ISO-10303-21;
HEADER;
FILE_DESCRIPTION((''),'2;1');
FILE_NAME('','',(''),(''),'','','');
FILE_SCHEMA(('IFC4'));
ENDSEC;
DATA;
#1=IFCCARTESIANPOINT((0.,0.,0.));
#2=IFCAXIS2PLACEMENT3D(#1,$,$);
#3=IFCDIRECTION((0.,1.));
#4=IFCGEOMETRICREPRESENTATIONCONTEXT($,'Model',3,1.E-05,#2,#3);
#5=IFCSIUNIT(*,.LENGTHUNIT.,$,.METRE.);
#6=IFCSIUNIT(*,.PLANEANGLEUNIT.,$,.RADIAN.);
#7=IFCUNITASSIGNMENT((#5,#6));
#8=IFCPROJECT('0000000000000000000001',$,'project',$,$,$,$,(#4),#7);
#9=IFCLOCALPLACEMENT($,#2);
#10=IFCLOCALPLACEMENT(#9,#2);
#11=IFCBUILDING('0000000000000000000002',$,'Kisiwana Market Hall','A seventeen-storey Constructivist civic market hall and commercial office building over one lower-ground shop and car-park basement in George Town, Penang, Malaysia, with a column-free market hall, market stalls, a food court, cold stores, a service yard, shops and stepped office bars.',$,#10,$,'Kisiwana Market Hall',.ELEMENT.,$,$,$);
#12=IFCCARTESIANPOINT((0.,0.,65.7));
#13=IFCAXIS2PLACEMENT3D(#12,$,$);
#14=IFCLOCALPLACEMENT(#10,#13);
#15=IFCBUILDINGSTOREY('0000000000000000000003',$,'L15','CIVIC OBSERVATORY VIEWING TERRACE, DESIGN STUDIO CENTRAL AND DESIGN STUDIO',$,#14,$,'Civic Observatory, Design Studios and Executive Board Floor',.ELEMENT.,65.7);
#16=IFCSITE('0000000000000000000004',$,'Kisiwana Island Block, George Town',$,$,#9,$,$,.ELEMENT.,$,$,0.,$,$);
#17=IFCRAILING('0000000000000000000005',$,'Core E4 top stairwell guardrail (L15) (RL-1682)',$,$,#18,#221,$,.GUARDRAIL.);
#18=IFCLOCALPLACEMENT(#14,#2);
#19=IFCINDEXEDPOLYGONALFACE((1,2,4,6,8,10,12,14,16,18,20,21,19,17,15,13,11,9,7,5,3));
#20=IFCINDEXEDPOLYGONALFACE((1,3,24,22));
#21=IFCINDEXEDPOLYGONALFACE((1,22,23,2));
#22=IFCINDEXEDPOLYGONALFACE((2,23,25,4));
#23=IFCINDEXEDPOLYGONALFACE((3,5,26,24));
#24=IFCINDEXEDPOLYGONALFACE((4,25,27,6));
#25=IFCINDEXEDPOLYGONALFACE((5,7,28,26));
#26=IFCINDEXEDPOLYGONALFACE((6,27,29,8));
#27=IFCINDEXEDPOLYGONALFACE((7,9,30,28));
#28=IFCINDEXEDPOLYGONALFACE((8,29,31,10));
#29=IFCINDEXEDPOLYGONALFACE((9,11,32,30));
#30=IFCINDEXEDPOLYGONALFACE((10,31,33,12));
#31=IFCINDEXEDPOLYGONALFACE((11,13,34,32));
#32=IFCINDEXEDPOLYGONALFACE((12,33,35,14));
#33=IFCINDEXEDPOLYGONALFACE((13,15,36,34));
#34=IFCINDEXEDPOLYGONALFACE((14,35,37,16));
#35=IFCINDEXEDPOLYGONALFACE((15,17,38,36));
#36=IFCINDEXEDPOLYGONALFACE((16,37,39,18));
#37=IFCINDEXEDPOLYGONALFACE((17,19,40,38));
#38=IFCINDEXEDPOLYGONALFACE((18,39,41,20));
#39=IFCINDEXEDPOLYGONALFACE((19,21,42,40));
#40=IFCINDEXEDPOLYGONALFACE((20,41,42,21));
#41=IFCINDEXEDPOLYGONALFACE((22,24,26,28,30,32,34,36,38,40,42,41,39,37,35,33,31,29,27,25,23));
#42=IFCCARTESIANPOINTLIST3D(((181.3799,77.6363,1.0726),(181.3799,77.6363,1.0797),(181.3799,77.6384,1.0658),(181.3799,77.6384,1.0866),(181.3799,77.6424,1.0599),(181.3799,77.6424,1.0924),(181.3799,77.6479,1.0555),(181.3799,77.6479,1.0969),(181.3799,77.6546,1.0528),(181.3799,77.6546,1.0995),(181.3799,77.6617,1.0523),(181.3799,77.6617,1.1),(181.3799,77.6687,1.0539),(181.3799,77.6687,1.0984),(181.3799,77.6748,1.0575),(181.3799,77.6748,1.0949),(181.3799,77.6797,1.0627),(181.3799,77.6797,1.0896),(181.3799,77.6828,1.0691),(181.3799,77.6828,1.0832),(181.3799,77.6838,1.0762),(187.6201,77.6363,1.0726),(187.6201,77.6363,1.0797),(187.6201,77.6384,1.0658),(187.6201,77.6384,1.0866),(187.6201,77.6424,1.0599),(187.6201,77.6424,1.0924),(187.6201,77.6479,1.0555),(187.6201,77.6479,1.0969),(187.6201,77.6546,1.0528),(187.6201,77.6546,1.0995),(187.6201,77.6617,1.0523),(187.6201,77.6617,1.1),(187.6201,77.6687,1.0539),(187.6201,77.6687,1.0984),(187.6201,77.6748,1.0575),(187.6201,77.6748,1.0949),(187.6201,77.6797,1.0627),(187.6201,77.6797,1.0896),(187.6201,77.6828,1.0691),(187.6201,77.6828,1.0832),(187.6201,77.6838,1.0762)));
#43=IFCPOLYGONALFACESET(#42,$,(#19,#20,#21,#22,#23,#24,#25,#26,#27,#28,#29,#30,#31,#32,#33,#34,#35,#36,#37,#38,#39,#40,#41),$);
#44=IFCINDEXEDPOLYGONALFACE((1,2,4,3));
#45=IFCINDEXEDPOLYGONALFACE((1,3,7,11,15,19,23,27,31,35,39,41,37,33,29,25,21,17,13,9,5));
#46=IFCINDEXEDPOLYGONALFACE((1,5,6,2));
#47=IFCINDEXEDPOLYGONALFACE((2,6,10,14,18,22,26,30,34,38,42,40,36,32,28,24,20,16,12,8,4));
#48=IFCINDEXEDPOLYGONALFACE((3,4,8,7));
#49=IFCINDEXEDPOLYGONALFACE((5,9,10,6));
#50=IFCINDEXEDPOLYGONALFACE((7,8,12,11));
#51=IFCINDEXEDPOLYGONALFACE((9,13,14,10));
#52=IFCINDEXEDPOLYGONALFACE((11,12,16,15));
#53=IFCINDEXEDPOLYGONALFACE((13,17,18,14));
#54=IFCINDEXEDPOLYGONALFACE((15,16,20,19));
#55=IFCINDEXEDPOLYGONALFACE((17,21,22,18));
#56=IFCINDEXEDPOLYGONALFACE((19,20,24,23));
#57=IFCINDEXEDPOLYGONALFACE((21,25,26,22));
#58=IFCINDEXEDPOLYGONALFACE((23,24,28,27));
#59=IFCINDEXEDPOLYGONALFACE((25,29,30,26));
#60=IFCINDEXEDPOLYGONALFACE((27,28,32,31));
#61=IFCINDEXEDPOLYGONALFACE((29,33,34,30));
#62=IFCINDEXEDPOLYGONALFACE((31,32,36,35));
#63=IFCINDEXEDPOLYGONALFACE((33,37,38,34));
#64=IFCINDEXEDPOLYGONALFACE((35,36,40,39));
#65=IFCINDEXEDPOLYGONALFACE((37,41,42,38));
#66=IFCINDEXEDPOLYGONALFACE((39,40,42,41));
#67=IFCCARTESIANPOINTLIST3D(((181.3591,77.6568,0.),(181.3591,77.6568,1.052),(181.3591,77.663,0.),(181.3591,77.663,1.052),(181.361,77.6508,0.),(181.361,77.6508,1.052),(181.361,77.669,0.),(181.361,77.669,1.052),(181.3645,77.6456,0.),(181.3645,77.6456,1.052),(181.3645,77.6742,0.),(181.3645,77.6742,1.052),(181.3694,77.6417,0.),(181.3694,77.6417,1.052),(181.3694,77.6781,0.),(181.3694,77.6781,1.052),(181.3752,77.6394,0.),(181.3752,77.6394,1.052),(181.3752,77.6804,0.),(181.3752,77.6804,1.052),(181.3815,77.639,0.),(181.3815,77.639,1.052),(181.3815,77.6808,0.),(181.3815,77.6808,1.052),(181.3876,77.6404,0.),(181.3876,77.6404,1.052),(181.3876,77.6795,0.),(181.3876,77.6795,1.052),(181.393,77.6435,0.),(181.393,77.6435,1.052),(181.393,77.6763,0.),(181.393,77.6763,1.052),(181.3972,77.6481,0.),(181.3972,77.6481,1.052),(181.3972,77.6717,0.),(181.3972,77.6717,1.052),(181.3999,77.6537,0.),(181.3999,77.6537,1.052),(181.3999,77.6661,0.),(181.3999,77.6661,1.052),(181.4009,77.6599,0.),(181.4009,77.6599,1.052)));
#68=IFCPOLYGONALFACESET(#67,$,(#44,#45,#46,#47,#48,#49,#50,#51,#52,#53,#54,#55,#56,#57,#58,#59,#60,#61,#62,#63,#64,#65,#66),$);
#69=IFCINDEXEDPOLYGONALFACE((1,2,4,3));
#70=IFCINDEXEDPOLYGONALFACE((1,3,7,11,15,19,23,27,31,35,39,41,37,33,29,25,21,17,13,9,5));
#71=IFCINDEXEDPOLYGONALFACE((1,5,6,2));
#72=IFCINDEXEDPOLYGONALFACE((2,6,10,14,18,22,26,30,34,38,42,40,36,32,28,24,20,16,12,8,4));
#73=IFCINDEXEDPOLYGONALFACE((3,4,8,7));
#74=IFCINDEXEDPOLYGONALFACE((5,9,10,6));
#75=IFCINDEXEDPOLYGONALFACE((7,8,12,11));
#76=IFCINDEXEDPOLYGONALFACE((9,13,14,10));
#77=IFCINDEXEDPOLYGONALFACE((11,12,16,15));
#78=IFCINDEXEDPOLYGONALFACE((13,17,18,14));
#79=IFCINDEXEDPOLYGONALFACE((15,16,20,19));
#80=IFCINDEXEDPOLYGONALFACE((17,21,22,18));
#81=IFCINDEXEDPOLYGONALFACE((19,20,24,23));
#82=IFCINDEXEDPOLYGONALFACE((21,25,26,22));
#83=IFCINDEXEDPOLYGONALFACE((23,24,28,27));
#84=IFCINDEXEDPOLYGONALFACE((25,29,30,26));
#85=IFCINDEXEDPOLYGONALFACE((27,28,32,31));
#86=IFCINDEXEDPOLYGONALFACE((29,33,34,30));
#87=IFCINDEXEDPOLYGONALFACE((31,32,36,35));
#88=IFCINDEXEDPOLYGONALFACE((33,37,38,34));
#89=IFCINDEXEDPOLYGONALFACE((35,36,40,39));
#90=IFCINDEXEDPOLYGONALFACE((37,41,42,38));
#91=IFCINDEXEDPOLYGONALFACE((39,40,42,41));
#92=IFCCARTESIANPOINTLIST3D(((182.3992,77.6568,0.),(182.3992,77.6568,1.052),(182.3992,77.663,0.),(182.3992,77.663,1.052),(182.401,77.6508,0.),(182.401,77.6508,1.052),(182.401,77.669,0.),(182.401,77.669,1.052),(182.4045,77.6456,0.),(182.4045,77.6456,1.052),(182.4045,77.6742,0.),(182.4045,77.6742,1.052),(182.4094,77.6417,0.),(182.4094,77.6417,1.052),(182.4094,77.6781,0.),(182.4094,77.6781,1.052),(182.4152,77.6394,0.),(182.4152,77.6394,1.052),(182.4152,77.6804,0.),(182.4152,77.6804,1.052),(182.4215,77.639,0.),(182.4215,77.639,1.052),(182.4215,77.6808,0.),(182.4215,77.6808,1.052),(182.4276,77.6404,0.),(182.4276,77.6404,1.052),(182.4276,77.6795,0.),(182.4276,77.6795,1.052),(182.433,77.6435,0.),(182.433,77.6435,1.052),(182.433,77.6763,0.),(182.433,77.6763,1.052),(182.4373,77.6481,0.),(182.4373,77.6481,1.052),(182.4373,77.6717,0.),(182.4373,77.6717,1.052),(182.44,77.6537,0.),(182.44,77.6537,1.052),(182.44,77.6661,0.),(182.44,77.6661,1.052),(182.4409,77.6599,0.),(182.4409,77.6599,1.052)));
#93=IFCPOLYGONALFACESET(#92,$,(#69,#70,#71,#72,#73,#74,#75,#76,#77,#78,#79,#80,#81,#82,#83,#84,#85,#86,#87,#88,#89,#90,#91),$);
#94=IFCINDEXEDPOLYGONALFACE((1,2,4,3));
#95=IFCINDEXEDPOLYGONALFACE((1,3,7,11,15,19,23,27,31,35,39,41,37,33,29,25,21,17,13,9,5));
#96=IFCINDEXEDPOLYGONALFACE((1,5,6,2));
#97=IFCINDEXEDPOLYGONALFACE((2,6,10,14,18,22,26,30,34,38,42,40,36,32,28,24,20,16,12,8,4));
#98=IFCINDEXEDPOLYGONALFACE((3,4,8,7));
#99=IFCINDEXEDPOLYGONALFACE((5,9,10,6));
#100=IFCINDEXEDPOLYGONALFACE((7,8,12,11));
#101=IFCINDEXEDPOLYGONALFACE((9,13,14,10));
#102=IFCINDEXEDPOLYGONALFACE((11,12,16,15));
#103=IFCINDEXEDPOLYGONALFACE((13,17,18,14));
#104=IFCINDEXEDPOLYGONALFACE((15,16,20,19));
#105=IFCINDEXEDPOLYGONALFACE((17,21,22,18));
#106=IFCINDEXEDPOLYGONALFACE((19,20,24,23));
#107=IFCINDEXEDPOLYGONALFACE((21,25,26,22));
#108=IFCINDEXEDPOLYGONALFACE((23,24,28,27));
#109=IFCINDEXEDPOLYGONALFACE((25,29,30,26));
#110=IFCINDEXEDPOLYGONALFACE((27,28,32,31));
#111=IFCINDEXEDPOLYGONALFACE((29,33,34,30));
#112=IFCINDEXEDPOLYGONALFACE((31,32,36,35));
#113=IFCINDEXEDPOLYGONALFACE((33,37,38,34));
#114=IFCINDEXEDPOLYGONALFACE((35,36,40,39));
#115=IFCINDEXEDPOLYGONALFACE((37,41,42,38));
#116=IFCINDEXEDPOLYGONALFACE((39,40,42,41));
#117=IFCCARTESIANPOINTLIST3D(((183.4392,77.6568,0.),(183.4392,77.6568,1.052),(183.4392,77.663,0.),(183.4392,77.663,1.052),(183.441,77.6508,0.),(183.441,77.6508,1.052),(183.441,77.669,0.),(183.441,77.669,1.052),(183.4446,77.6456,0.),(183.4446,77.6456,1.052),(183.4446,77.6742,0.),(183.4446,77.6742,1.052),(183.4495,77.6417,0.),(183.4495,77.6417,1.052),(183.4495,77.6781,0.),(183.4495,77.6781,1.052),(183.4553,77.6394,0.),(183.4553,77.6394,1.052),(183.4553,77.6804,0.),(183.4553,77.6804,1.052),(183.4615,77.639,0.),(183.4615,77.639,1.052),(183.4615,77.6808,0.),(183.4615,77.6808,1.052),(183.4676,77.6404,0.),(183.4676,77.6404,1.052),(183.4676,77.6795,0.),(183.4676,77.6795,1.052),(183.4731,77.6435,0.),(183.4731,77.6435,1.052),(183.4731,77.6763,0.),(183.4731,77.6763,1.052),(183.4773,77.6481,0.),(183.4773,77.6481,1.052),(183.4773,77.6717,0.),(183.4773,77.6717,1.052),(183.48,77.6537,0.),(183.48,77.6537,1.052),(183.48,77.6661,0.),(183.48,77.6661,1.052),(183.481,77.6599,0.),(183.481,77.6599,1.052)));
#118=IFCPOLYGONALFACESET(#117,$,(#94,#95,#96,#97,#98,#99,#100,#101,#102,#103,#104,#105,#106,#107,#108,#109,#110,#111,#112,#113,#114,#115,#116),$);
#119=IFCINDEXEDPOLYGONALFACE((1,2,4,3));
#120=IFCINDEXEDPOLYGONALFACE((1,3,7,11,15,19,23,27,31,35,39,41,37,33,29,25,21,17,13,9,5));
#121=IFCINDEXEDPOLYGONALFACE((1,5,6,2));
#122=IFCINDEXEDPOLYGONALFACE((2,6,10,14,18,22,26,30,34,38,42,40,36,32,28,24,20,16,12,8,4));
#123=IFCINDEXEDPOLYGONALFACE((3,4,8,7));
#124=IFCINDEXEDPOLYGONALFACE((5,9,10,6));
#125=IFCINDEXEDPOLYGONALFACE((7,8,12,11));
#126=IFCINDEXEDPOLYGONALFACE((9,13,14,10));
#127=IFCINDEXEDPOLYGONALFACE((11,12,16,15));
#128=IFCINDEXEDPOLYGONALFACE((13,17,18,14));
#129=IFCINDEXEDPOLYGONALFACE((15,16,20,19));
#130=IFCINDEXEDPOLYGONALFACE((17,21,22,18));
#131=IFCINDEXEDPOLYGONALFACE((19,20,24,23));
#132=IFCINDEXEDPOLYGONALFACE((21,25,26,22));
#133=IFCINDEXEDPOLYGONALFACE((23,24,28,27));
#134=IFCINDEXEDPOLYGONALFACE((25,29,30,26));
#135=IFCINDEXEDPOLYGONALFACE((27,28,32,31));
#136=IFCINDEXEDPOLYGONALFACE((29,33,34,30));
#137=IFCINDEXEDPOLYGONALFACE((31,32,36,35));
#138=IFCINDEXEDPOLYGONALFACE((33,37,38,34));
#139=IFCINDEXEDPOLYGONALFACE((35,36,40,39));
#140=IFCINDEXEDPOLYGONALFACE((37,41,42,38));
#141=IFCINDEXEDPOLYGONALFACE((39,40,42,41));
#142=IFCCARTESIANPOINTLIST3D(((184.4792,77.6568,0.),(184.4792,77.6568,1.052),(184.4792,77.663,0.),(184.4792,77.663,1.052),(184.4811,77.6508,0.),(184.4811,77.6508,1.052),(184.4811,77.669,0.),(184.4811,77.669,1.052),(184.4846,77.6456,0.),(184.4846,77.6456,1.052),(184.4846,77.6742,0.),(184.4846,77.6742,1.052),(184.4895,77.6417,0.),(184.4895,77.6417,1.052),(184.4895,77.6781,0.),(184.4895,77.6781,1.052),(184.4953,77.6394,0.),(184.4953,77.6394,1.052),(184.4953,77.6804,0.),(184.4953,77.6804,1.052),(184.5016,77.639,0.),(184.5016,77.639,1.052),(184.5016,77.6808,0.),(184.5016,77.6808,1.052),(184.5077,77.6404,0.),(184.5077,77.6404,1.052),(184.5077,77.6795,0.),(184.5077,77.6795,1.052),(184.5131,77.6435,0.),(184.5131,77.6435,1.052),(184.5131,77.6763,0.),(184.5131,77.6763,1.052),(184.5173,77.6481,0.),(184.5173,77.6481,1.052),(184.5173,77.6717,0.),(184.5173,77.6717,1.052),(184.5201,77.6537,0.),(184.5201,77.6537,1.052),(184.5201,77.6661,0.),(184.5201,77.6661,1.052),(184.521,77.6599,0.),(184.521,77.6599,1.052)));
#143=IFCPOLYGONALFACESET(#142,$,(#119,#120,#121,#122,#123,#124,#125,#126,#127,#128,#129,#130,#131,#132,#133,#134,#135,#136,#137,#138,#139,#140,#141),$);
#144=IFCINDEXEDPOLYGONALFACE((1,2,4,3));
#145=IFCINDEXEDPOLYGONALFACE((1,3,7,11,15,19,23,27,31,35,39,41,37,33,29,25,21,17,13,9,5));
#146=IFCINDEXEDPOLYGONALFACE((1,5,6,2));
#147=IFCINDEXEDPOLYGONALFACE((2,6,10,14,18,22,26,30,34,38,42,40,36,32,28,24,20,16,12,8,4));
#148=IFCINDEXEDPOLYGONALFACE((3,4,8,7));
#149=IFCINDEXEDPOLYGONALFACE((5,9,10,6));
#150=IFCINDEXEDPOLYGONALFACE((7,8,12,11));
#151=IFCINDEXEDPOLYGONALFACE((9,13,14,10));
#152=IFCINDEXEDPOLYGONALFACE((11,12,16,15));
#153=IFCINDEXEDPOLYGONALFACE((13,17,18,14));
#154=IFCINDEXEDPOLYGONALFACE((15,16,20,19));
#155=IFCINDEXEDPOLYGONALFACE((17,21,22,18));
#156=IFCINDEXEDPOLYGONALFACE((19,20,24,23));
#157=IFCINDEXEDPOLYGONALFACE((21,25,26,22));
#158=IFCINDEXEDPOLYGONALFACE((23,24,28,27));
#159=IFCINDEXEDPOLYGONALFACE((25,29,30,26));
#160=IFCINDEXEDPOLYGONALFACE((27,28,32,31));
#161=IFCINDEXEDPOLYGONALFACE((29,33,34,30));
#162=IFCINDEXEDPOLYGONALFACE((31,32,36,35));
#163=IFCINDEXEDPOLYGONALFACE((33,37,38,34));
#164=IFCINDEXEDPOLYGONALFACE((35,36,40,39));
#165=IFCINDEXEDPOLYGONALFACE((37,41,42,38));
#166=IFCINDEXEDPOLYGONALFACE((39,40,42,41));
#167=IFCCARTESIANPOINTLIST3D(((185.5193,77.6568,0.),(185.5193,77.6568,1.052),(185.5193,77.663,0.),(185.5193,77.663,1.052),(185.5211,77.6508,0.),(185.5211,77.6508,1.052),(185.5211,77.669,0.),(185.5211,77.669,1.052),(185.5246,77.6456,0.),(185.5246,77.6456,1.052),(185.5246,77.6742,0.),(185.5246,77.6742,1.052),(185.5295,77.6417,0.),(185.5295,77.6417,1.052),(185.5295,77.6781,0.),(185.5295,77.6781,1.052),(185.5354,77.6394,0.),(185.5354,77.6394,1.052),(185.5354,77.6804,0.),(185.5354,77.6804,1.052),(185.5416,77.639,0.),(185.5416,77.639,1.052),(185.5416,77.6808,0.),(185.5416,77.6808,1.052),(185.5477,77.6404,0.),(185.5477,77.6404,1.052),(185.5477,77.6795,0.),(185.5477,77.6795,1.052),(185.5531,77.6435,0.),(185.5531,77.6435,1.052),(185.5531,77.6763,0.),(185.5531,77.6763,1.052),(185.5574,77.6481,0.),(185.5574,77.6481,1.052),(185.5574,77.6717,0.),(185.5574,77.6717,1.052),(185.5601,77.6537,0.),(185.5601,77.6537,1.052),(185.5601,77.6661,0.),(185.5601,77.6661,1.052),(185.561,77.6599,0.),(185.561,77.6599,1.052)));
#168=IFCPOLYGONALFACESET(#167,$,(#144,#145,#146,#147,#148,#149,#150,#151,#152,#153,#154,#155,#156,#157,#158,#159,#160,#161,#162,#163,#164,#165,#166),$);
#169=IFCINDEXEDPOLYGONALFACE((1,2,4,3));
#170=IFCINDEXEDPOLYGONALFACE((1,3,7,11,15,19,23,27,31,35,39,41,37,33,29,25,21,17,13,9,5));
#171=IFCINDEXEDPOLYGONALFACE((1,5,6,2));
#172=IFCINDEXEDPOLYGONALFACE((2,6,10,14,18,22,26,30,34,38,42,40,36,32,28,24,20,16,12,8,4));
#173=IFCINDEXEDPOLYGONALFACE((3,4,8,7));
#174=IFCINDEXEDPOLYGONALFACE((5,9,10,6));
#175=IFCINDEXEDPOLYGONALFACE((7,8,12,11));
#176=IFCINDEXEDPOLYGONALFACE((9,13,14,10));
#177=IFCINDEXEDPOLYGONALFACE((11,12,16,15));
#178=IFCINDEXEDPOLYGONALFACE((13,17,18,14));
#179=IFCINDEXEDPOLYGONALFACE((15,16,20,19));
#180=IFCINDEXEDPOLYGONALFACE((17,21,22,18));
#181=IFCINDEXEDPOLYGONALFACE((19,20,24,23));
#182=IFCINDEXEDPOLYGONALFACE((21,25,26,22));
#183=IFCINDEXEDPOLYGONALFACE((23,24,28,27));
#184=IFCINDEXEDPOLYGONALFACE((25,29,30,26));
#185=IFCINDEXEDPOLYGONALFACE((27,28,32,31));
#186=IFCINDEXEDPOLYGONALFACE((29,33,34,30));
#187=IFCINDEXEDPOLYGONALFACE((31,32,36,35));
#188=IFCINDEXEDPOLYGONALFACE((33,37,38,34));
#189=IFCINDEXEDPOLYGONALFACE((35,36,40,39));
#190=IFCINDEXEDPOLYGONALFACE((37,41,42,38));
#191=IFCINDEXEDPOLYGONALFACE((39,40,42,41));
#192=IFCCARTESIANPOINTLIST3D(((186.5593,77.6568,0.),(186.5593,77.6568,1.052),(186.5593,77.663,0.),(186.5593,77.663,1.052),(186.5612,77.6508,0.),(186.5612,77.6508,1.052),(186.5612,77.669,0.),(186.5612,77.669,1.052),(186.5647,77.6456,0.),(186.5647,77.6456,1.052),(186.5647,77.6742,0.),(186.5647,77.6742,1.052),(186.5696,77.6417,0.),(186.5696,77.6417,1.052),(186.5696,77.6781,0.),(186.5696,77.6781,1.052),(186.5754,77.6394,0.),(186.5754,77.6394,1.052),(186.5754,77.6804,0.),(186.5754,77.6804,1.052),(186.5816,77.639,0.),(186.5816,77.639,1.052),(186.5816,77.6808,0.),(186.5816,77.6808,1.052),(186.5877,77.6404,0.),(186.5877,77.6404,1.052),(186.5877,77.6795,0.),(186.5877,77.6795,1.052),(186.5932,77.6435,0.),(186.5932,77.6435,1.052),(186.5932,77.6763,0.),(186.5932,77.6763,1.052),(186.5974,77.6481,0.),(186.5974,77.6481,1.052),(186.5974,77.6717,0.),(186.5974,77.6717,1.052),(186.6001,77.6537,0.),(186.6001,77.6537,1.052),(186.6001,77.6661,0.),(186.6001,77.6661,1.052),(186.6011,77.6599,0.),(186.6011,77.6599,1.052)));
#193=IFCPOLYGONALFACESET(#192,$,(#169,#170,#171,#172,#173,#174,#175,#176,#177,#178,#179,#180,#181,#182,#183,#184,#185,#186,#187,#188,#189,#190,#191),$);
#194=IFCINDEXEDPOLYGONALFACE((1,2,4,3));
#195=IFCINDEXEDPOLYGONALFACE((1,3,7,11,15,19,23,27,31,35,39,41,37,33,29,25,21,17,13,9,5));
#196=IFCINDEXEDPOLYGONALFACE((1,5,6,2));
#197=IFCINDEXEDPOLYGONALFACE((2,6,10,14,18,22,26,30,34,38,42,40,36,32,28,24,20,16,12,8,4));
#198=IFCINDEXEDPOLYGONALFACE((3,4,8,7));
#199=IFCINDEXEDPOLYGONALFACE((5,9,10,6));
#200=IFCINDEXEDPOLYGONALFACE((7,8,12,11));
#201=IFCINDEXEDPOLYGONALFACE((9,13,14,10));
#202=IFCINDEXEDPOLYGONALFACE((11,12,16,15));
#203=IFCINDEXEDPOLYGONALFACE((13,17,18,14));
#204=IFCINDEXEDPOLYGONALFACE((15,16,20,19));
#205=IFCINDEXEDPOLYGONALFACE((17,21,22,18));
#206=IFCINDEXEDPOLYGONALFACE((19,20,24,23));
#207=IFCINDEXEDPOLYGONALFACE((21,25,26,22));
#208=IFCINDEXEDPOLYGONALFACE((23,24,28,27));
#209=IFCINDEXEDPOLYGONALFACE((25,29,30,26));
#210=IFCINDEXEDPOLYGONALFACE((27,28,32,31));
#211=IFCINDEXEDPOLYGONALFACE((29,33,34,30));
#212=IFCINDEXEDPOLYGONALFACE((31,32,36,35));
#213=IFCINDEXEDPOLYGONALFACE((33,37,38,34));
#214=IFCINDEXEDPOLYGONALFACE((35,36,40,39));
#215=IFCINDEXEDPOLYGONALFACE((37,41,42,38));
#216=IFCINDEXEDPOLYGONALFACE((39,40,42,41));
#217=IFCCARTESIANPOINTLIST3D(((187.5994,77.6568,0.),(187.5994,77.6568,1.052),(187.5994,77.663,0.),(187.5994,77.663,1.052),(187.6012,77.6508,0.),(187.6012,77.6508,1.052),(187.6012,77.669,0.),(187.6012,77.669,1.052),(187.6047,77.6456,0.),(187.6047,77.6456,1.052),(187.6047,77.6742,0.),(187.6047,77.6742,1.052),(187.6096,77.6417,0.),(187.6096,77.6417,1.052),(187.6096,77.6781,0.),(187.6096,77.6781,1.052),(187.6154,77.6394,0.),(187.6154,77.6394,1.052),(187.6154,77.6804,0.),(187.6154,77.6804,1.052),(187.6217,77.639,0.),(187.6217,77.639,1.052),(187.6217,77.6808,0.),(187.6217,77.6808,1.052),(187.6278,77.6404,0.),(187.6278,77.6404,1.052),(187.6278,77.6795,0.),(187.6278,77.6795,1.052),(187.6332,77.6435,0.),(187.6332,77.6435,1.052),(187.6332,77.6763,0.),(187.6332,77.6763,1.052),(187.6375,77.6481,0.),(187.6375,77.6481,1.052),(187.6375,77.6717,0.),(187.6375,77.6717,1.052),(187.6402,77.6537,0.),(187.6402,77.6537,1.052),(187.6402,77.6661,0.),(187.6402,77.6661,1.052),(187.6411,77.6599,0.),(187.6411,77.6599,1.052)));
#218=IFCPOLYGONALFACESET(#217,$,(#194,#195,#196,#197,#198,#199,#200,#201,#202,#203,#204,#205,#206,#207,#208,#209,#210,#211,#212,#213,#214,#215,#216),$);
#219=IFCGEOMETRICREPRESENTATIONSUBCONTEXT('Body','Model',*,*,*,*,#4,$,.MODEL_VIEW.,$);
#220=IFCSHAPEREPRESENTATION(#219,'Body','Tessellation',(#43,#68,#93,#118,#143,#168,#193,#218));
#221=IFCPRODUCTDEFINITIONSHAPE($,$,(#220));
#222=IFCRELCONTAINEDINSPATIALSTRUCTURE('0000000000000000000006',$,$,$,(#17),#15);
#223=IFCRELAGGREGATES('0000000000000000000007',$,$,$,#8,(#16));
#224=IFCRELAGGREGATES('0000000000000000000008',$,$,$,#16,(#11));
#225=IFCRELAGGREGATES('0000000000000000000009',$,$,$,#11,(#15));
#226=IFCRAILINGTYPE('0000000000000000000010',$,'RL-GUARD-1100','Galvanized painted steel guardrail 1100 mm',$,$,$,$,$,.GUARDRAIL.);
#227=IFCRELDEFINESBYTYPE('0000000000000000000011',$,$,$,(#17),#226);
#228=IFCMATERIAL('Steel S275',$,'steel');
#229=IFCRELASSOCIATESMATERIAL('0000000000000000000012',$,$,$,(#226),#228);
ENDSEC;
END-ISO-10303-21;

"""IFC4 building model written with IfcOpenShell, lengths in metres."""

from ifc_helpers import new_model, si_unit, direction, frame, origin, origin_2d, place, context, subcontext, project, spatial, circle, extrude, material, type_object, element, save


model = new_model("IFC4")

# Units and contexts
model_context = context("Model", 3, precision=1e-05, world=origin(), true_north=direction((0.0, 1.0)))
body_context = subcontext(model_context, "Body", "Model", "MODEL_VIEW")
ifc_project = project(units=[si_unit("LENGTHUNIT", "METRE"), si_unit("PLANEANGLEUNIT", "RADIAN")], contexts=[model_context])

# Site, building, storey
site_placement = place(None, origin())
site = spatial("IfcSite", under=ifc_project, at=site_placement, Name="Kisiwana Island Block, George Town", CompositionType="ELEMENT", RefElevation=0.0)
building_placement = place(site_placement, origin())
building = spatial("IfcBuilding", under=site, at=building_placement, Name="Kisiwana Market Hall", Description="A seventeen-storey Constructivist civic market hall and commercial office building over one lower-ground shop and car-park basement in George Town, Penang, Malaysia, with a column-free market hall, market stalls, a food court, cold stores, a service yard, shops and stepped office bars.", LongName="Kisiwana Market Hall", CompositionType="ELEMENT")
storey_placement = place(building_placement, frame((0.0, 0.0, 65.7)))
storey = spatial("IfcBuildingStorey", under=building, at=storey_placement, Name="L15", Description="CIVIC OBSERVATORY VIEWING TERRACE, DESIGN STUDIO CENTRAL AND DESIGN STUDIO", LongName="Civic Observatory, Design Studios and Executive Board Floor", CompositionType="ELEMENT", Elevation=65.7)

# Railing
ifc_material_1 = material(Name="Steel S275", Category="steel")
railing_type = type_object("IfcRailingType", Name="RL-GUARD-1100", Description="Galvanized painted steel guardrail 1100 mm", PredefinedType="GUARDRAIL", material=ifc_material_1)
railing_1_placement = place(storey_placement, frame((181.3799, 77.6599, 0.0)))
element("IfcRailing", 1, at=railing_1_placement, inside=storey, type_object=railing_type, Name="Core E4 top stairwell guardrail (L15) (RL-1682)", PredefinedType="GUARDRAIL", context=body_context, shape_type="SweptSolid", body=[
    extrude(circle(Radius=0.0239, at=origin_2d()), frame((0.0, 0.0, 1.0762), z_axis=(1.0, 0.0, 0.0), x_axis=(0.0, 1.0, 0.0)), (0.0, 0.0, 1.0), 6.2402),
    extrude(circle(Radius=0.021, at=origin_2d()), origin(), (0.0, 0.0, 1.0), 1.052),
    extrude(circle(Radius=0.021, at=origin_2d()), frame((1.04, 0.0, 0.0)), (0.0, 0.0, 1.0), 1.052),
    extrude(circle(Radius=0.021, at=origin_2d()), frame((2.0801, 0.0, 0.0)), (0.0, 0.0, 1.0), 1.052),
    extrude(circle(Radius=0.021, at=origin_2d()), frame((3.1201, 0.0, 0.0)), (0.0, 0.0, 1.0), 1.052),
    extrude(circle(Radius=0.021, at=origin_2d()), frame((4.1602, 0.0, 0.0)), (0.0, 0.0, 1.0), 1.052),
    extrude(circle(Radius=0.021, at=origin_2d()), frame((5.2002, 0.0, 0.0)), (0.0, 0.0, 1.0), 1.052),
    extrude(circle(Radius=0.021, at=origin_2d()), frame((6.2402, 0.0, 0.0)), (0.0, 0.0, 1.0), 1.052),
])

save(model, "model.ifc")
